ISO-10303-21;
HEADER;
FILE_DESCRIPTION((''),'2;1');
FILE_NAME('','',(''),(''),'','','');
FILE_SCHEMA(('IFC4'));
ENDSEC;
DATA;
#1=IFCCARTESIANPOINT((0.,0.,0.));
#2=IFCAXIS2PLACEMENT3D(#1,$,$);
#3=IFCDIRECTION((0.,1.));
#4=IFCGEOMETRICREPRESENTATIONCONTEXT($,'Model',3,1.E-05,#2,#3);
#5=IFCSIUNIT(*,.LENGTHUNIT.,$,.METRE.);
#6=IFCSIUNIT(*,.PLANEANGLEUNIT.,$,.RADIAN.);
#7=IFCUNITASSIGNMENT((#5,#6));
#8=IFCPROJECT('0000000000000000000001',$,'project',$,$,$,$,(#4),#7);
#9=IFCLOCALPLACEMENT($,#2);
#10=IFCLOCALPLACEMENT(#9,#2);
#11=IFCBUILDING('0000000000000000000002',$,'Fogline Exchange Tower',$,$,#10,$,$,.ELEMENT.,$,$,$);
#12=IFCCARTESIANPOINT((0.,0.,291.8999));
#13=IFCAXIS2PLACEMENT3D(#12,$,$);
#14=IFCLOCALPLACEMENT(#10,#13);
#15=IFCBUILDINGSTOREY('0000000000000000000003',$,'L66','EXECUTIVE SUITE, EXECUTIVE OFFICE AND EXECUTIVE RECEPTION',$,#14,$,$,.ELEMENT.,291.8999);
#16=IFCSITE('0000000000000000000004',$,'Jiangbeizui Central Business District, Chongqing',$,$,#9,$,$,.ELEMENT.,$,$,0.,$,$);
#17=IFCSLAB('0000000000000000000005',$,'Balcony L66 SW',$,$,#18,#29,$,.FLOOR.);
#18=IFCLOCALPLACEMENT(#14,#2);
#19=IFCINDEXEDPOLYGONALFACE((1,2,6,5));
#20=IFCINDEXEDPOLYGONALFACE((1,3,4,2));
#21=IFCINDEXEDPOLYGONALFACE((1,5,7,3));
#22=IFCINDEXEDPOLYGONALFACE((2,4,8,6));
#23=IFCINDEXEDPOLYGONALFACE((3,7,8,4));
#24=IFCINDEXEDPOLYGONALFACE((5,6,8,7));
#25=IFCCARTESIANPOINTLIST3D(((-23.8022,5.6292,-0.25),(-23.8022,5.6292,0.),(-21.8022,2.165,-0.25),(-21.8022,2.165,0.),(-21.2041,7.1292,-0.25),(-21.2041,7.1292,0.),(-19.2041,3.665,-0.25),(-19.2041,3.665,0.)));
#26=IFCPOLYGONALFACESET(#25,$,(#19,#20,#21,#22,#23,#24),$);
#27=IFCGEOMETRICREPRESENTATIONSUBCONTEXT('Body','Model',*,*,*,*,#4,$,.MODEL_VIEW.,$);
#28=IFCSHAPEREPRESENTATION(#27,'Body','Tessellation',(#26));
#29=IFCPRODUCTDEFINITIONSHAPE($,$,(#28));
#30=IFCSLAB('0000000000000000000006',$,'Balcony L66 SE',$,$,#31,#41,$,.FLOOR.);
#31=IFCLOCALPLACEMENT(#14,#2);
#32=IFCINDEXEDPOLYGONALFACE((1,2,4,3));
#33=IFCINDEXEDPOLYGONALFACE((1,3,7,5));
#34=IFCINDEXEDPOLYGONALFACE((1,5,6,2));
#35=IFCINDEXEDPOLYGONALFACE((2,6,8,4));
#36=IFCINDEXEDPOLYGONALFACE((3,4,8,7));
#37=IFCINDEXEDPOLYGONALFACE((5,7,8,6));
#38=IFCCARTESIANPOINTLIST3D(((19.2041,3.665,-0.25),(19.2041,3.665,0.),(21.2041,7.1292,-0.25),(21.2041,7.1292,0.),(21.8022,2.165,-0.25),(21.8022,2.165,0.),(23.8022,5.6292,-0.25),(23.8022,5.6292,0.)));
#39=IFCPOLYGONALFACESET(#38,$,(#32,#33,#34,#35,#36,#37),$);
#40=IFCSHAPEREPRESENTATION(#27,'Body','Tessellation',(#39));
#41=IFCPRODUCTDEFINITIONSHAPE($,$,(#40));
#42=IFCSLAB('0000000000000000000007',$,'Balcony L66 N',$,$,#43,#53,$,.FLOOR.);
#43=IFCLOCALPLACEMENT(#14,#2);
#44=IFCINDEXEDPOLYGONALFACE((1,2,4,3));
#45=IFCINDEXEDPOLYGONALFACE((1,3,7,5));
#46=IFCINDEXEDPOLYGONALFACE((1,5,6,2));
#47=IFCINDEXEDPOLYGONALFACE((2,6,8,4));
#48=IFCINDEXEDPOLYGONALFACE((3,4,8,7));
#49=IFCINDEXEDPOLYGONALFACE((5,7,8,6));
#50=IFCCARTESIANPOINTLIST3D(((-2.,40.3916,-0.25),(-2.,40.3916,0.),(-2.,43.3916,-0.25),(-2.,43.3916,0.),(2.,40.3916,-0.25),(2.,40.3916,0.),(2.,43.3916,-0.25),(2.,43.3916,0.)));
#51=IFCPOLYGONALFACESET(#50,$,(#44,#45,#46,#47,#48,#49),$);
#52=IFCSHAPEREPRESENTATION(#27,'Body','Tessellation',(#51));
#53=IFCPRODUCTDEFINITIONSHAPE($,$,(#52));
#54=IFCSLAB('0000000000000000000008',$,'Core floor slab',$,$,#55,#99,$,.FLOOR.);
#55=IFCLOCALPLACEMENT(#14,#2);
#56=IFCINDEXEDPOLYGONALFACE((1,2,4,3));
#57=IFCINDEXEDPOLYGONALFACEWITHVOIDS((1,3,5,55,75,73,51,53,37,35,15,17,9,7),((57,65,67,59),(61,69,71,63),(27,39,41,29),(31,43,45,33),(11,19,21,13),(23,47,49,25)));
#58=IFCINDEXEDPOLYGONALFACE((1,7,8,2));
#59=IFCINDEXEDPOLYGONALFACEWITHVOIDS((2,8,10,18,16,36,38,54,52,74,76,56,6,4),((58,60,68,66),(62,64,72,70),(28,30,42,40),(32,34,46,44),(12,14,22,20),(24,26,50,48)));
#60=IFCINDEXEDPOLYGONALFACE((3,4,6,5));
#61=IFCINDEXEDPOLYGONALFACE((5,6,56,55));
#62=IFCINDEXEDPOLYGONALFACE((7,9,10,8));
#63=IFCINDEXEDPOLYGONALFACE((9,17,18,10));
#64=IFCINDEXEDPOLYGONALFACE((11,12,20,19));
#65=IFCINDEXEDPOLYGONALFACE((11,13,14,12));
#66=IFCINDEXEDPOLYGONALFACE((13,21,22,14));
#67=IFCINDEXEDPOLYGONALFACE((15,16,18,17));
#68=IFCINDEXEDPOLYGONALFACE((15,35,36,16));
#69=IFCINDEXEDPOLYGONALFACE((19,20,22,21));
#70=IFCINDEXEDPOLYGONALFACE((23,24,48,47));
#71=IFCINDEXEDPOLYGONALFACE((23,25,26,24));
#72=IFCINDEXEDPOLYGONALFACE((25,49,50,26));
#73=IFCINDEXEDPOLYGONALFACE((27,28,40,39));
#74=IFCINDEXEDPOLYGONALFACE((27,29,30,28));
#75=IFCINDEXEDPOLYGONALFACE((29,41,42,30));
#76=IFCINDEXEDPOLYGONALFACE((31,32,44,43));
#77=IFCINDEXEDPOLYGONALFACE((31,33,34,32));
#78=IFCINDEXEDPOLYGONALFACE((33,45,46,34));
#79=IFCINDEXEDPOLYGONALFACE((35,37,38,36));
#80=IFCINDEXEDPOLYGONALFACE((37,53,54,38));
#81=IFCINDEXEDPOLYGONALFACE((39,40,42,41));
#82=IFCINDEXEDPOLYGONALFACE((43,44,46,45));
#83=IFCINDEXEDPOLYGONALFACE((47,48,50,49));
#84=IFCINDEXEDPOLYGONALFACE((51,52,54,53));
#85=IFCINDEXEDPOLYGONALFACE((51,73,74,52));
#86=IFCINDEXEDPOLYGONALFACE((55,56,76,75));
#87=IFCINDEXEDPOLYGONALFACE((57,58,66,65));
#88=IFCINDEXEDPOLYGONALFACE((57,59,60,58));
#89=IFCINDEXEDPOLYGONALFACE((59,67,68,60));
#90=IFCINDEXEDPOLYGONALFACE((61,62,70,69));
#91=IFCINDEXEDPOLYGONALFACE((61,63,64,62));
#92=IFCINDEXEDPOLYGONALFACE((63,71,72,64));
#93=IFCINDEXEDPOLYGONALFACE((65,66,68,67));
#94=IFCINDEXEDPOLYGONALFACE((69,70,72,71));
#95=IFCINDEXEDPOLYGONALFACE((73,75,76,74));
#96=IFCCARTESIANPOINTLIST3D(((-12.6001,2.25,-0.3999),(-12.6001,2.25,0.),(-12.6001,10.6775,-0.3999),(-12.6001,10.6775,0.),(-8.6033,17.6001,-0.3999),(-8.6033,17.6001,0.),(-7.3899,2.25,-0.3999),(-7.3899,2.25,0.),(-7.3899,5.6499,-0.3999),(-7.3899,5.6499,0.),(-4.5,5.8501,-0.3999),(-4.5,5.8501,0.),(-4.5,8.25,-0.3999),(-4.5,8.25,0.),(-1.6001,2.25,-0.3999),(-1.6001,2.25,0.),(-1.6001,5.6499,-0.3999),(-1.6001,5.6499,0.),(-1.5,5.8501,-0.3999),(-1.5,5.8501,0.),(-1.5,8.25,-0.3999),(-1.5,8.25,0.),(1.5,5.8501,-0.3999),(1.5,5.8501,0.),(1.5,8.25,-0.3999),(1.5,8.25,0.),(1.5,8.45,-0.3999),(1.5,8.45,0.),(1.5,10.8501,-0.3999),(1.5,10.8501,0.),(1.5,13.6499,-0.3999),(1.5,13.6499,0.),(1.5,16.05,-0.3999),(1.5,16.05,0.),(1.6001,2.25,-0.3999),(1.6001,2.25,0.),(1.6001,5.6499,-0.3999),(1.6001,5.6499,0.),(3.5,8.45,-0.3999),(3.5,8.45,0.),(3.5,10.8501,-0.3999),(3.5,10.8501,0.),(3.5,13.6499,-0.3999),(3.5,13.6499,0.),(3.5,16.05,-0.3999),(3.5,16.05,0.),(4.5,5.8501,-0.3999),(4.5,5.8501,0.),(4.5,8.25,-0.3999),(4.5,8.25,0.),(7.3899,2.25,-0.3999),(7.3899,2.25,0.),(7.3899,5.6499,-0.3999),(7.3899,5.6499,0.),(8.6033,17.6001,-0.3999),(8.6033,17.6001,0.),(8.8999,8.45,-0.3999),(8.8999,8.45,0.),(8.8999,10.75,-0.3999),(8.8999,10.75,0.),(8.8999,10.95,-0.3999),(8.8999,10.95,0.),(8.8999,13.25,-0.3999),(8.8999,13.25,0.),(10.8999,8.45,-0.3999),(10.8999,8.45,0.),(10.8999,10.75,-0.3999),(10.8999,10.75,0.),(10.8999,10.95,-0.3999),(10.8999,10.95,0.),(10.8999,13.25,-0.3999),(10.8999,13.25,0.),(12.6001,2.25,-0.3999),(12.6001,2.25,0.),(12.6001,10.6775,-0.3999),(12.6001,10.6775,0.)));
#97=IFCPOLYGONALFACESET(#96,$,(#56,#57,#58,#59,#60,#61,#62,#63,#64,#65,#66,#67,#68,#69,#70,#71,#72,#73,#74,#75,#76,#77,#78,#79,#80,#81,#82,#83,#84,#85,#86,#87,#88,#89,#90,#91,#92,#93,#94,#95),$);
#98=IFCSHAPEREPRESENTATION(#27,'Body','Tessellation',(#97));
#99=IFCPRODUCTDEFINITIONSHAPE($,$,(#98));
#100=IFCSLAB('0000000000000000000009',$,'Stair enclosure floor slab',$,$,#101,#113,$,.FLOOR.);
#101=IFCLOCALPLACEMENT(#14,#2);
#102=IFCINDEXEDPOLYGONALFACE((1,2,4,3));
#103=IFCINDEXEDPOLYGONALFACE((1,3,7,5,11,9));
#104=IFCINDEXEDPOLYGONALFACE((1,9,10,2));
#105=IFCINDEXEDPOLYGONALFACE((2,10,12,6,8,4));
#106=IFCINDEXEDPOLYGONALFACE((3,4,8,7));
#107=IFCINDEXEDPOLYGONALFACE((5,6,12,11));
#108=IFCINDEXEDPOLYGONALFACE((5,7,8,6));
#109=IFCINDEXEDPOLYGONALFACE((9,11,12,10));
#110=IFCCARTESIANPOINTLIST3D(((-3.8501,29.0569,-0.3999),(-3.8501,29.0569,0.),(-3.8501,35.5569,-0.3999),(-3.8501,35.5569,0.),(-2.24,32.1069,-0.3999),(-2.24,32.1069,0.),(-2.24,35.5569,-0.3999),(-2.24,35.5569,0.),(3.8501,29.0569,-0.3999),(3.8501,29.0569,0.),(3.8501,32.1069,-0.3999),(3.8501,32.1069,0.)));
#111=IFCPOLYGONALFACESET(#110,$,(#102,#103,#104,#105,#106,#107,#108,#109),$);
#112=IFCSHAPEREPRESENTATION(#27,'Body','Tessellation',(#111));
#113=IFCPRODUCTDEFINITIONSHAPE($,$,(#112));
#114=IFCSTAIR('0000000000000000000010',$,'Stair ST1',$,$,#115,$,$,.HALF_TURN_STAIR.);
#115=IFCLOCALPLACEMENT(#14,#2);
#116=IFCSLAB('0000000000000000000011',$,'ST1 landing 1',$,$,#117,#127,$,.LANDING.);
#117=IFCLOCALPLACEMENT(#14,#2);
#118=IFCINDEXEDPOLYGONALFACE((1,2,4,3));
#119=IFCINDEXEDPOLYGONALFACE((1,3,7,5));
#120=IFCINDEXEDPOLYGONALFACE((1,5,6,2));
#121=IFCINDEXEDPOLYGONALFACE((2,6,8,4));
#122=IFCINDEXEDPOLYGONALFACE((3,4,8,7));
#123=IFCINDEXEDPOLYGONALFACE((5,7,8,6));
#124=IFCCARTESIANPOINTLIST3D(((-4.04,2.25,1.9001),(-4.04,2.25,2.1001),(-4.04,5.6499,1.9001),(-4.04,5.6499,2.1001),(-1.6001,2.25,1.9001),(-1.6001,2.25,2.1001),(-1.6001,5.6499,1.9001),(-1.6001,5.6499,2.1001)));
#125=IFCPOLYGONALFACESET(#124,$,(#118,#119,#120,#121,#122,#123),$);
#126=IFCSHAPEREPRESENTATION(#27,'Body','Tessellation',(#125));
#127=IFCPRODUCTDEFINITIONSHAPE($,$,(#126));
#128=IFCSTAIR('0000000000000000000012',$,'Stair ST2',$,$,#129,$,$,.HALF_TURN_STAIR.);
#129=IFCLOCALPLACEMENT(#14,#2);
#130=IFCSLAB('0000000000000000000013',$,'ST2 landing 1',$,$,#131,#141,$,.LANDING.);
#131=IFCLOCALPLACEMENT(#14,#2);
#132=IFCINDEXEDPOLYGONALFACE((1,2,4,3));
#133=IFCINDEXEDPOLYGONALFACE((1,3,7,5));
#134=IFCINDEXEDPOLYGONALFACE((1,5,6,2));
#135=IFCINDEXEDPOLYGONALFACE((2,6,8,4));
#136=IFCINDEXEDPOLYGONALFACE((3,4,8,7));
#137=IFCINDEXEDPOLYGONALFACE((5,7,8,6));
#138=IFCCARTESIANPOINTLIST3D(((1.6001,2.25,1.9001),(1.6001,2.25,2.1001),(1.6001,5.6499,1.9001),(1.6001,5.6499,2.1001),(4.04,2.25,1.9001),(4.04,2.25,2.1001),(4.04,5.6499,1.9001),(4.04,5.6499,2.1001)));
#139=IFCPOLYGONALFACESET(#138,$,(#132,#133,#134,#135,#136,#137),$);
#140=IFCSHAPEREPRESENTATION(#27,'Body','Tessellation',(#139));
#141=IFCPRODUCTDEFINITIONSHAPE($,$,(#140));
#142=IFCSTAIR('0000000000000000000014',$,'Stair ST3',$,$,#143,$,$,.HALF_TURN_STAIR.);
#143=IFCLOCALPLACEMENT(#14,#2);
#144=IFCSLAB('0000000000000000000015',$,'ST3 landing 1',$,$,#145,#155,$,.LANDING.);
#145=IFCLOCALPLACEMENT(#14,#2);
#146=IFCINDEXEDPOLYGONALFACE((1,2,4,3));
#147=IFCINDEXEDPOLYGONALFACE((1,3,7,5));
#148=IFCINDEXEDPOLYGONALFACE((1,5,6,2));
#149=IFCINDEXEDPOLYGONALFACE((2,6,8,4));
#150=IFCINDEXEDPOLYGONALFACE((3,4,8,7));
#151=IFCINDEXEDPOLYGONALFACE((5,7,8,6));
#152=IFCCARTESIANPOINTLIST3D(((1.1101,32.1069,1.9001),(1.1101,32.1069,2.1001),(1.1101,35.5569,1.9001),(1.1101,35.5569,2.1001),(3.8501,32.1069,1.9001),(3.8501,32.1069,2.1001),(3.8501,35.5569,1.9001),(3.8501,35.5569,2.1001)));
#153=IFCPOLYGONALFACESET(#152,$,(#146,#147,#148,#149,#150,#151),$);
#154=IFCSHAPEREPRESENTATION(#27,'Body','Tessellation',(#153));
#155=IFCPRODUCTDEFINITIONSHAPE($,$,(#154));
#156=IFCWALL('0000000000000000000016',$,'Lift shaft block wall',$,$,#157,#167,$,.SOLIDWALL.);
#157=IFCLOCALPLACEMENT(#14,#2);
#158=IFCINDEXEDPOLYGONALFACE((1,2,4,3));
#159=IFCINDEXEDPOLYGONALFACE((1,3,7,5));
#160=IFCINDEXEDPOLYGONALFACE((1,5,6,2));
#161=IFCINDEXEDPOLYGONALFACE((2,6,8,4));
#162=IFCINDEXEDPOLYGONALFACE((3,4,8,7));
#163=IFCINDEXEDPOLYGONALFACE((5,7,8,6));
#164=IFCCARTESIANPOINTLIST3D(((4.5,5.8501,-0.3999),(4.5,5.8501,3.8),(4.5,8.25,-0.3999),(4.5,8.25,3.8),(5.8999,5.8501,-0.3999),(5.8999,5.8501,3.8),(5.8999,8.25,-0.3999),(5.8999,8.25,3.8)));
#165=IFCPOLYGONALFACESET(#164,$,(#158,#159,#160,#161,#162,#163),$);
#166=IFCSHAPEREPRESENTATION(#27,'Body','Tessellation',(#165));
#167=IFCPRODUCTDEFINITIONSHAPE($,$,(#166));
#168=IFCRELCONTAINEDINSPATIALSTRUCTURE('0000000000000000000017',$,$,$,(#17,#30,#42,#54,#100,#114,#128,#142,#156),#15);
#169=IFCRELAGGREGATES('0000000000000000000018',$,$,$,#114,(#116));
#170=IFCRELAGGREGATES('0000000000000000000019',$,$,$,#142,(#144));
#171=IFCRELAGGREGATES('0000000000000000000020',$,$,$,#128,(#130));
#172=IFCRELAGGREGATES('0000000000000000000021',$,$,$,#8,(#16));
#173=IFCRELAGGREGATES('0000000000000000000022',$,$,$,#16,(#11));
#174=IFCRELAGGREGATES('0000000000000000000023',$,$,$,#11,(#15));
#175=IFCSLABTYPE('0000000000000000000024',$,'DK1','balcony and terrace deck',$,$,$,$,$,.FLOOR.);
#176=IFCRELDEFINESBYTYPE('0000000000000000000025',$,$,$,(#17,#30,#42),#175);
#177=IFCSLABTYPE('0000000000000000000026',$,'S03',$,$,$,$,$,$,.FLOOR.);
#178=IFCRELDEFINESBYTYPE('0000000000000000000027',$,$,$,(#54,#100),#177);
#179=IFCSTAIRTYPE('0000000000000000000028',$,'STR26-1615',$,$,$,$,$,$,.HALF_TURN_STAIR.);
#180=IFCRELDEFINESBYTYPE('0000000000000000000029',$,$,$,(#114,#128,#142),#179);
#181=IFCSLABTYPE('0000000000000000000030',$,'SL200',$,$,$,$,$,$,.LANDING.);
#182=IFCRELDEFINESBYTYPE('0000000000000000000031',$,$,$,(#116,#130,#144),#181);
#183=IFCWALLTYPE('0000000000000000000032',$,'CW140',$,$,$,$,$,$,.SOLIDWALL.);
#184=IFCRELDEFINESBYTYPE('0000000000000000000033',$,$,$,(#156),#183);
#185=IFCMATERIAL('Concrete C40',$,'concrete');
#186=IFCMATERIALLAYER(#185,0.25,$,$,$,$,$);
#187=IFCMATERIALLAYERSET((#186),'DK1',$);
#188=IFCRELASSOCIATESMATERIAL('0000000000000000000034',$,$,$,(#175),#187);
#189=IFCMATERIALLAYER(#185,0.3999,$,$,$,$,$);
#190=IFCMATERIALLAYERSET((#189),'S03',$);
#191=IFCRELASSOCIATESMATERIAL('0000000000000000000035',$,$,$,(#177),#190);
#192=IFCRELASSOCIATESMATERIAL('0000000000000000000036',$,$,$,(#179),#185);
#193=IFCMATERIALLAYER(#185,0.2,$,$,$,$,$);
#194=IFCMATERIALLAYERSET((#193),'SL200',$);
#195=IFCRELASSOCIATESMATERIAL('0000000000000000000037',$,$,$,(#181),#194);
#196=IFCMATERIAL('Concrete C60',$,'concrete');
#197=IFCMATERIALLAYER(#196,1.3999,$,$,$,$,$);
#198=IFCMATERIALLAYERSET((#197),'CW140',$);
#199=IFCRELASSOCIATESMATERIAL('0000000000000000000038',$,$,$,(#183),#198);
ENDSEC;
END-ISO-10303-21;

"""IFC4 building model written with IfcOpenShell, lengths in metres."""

from ifc_helpers import new_model, si_unit, direction, frame, frame_2d, origin, place, context, subcontext, project, spatial, polyline, rectangle, outline, extrude, material, layer, layer_set, type_object, element, aggregate, save


model = new_model("IFC4")

# Units and contexts
model_context = context("Model", 3, precision=1e-05, world=origin(), true_north=direction((0.0, 1.0)))
body_context = subcontext(model_context, "Body", "Model", "MODEL_VIEW")
ifc_project = project(units=[si_unit("LENGTHUNIT", "METRE"), si_unit("PLANEANGLEUNIT", "RADIAN")], contexts=[model_context])

# Site, building, storey
site_placement = place(None, origin())
site = spatial("IfcSite", under=ifc_project, at=site_placement, Name="Jiangbeizui Central Business District, Chongqing", CompositionType="ELEMENT", RefElevation=0.0)
building_placement = place(site_placement, origin())
building = spatial("IfcBuilding", under=site, at=building_placement, Name="Fogline Exchange Tower", CompositionType="ELEMENT")
storey_placement = place(building_placement, frame((0.0, 0.0, 291.8999)))
storey = spatial("IfcBuildingStorey", under=building, at=storey_placement, Name="L66", Description="EXECUTIVE SUITE, EXECUTIVE OFFICE AND EXECUTIVE RECEPTION", CompositionType="ELEMENT", Elevation=291.8999)

# Slabs
ifc_material_1 = material(Name="Concrete C40", Category="concrete")
ifc_layer_1 = layer(ifc_material_1, 0.25)
ifc_layer_set_1 = layer_set([ifc_layer_1], Name="DK1")
slab_type_1 = type_object("IfcSlabType", Name="DK1", Description="balcony and terrace deck", PredefinedType="FLOOR", material=ifc_layer_set_1)
slab_1_placement = place(storey_placement, frame((0.0, 0.0, -0.25)))
element("IfcSlab", 1, at=slab_1_placement, inside=storey, type_object=slab_type_1, Name="Balcony L66 SW", PredefinedType="FLOOR", context=body_context, shape_type="SweptSolid", body=[
    extrude(outline(polyline([(-23.8022, 5.6292), (-21.8022, 2.165), (-19.2041, 3.665), (-21.2041, 7.1292), (-23.8022, 5.6292)])), origin(), (0.0, 0.0, 1.0), 0.25),
])
slab_2_placement = place(storey_placement, frame((0.0, 0.0, -0.25)))
element("IfcSlab", 2, at=slab_2_placement, inside=storey, type_object=slab_type_1, Name="Balcony L66 SE", PredefinedType="FLOOR", context=body_context, shape_type="SweptSolid", body=[
    extrude(outline(polyline([(21.8022, 2.165), (23.8022, 5.6292), (21.2041, 7.1292), (19.2041, 3.665), (21.8022, 2.165)])), origin(), (0.0, 0.0, 1.0), 0.25),
])
slab_3_placement = place(storey_placement, frame((0.0, 0.0, -0.25)))
element("IfcSlab", 3, at=slab_3_placement, inside=storey, type_object=slab_type_1, Name="Balcony L66 N", PredefinedType="FLOOR", context=body_context, shape_type="SweptSolid", body=[
    extrude(outline(polyline([(2.0, 43.3916), (-2.0, 43.3916), (-2.0, 40.3916), (2.0, 40.3916), (2.0, 43.3916)])), origin(), (0.0, 0.0, 1.0), 0.25),
])
ifc_layer_2 = layer(ifc_material_1, 0.3999)
ifc_layer_set_2 = layer_set([ifc_layer_2], Name="S03")
slab_type_2 = type_object("IfcSlabType", Name="S03", PredefinedType="FLOOR", material=ifc_layer_set_2)
slab_4_placement = place(storey_placement, frame((0.0, 0.0, -0.3999)))
element("IfcSlab", 4, at=slab_4_placement, inside=storey, type_object=slab_type_2, Name="Core floor slab", PredefinedType="FLOOR", context=body_context, shape_type="SweptSolid", body=[
    extrude(outline(polyline([(-12.6001, 2.25), (-12.6001, 10.6775), (-8.6033, 17.6001), (8.6033, 17.6001), (12.6001, 10.6775), (12.6001, 2.25), (7.3899, 2.25), (7.3899, 5.6499), (1.6001, 5.6499), (1.6001, 2.25), (-1.6001, 2.25), (-1.6001, 5.6499), (-7.3899, 5.6499), (-7.3899, 2.25), (-12.6001, 2.25)]), holes=[polyline([(-4.5, 8.25), (-4.5, 5.8501), (-1.5, 5.8501), (-1.5, 8.25), (-4.5, 8.25)]), polyline([(1.5, 8.25), (1.5, 5.8501), (4.5, 5.8501), (4.5, 8.25), (1.5, 8.25)]), polyline([(8.8999, 10.75), (8.8999, 8.45), (10.8999, 8.45), (10.8999, 10.75), (8.8999, 10.75)]), polyline([(1.5, 10.8501), (1.5, 8.45), (3.5, 8.45), (3.5, 10.8501), (1.5, 10.8501)]), polyline([(8.8999, 13.25), (8.8999, 10.95), (10.8999, 10.95), (10.8999, 13.25), (8.8999, 13.25)]), polyline([(1.5, 16.05), (1.5, 13.6499), (3.5, 13.6499), (3.5, 16.05), (1.5, 16.05)])]), origin(), (0.0, 0.0, 1.0), 0.3999),
])
slab_5_placement = place(storey_placement, frame((0.0, 0.0, -0.3999)))
element("IfcSlab", 5, at=slab_5_placement, inside=storey, type_object=slab_type_2, Name="Stair enclosure floor slab", PredefinedType="FLOOR", context=body_context, shape_type="SweptSolid", body=[
    extrude(outline(polyline([(3.8501, 29.0569), (-3.8501, 29.0569), (-3.8501, 35.5569), (-2.24, 35.5569), (-2.24, 32.1069), (3.8501, 32.1069), (3.8501, 29.0569)])), origin(), (0.0, 0.0, 1.0), 0.3999),
])

# Stairs, slabs
stair_type = type_object("IfcStairType", Name="STR26-1615", PredefinedType="HALF_TURN_STAIR", material=ifc_material_1)
stair_1_placement = place(storey_placement, origin())
stair_1 = element("IfcStair", 6, at=stair_1_placement, inside=storey, type_object=stair_type, Name="Stair ST1", PredefinedType="HALF_TURN_STAIR")
ifc_layer_3 = layer(ifc_material_1, 0.2)
ifc_layer_set_3 = layer_set([ifc_layer_3], Name="SL200")
slab_type_3 = type_object("IfcSlabType", Name="SL200", PredefinedType="LANDING", material=ifc_layer_set_3)
slab_6_placement = place(storey_placement, frame((0.0, 0.0, 1.9001)))
slab_6 = element("IfcSlab", 7, at=slab_6_placement, type_object=slab_type_3, Name="ST1 landing 1", PredefinedType="LANDING", context=body_context, shape_type="SweptSolid", body=[
    extrude(outline(polyline([(-4.04, 2.25), (-1.6001, 2.25), (-1.6001, 5.6499), (-4.04, 5.6499), (-4.04, 2.25)])), origin(), (0.0, 0.0, 1.0), 0.2),
])
aggregate(stair_1, [slab_6])
stair_2_placement = place(storey_placement, origin())
stair_2 = element("IfcStair", 8, at=stair_2_placement, inside=storey, type_object=stair_type, Name="Stair ST2", PredefinedType="HALF_TURN_STAIR")
slab_7_placement = place(storey_placement, frame((0.0, 0.0, 1.9001)))
slab_7 = element("IfcSlab", 9, at=slab_7_placement, type_object=slab_type_3, Name="ST2 landing 1", PredefinedType="LANDING", context=body_context, shape_type="SweptSolid", body=[
    extrude(outline(polyline([(1.6001, 2.25), (4.04, 2.25), (4.04, 5.6499), (1.6001, 5.6499), (1.6001, 2.25)])), origin(), (0.0, 0.0, 1.0), 0.2),
])
stair_3_placement = place(storey_placement, origin())
stair_3 = element("IfcStair", 10, at=stair_3_placement, inside=storey, type_object=stair_type, Name="Stair ST3", PredefinedType="HALF_TURN_STAIR")
slab_8_placement = place(storey_placement, frame((0.0, 0.0, 1.9001)))
slab_8 = element("IfcSlab", 11, at=slab_8_placement, type_object=slab_type_3, Name="ST3 landing 1", PredefinedType="LANDING", context=body_context, shape_type="SweptSolid", body=[
    extrude(outline(polyline([(1.1101, 32.1069), (3.8501, 32.1069), (3.8501, 35.5569), (1.1101, 35.5569), (1.1101, 32.1069)])), origin(), (0.0, 0.0, 1.0), 0.2),
])
aggregate(stair_3, [slab_8])

# Wall
ifc_material_2 = material(Name="Concrete C60", Category="concrete")
ifc_layer_4 = layer(ifc_material_2, 1.3999)
ifc_layer_set_4 = layer_set([ifc_layer_4], Name="CW140")
wall_type_1 = type_object("IfcWallType", Name="CW140", PredefinedType="SOLIDWALL", material=ifc_layer_set_4)
wall_1_placement = place(storey_placement, frame((5.2, 5.8501, -0.3999), z_axis=(0.0, 0.0, 1.0), x_axis=(0.0, 1.0, 0.0)))
element("IfcWall", 12, at=wall_1_placement, inside=storey, type_object=wall_type_1, Name="Lift shaft block wall", PredefinedType="SOLIDWALL", context=body_context, shape_type="SweptSolid", body=[
    extrude(rectangle(XDim=2.3999, YDim=1.3999, at=frame_2d((1.2, 0.0))), origin(), (0.0, 0.0, 1.0), 4.2),
])

aggregate(stair_2, [slab_7])

save(model, "model.ifc")
